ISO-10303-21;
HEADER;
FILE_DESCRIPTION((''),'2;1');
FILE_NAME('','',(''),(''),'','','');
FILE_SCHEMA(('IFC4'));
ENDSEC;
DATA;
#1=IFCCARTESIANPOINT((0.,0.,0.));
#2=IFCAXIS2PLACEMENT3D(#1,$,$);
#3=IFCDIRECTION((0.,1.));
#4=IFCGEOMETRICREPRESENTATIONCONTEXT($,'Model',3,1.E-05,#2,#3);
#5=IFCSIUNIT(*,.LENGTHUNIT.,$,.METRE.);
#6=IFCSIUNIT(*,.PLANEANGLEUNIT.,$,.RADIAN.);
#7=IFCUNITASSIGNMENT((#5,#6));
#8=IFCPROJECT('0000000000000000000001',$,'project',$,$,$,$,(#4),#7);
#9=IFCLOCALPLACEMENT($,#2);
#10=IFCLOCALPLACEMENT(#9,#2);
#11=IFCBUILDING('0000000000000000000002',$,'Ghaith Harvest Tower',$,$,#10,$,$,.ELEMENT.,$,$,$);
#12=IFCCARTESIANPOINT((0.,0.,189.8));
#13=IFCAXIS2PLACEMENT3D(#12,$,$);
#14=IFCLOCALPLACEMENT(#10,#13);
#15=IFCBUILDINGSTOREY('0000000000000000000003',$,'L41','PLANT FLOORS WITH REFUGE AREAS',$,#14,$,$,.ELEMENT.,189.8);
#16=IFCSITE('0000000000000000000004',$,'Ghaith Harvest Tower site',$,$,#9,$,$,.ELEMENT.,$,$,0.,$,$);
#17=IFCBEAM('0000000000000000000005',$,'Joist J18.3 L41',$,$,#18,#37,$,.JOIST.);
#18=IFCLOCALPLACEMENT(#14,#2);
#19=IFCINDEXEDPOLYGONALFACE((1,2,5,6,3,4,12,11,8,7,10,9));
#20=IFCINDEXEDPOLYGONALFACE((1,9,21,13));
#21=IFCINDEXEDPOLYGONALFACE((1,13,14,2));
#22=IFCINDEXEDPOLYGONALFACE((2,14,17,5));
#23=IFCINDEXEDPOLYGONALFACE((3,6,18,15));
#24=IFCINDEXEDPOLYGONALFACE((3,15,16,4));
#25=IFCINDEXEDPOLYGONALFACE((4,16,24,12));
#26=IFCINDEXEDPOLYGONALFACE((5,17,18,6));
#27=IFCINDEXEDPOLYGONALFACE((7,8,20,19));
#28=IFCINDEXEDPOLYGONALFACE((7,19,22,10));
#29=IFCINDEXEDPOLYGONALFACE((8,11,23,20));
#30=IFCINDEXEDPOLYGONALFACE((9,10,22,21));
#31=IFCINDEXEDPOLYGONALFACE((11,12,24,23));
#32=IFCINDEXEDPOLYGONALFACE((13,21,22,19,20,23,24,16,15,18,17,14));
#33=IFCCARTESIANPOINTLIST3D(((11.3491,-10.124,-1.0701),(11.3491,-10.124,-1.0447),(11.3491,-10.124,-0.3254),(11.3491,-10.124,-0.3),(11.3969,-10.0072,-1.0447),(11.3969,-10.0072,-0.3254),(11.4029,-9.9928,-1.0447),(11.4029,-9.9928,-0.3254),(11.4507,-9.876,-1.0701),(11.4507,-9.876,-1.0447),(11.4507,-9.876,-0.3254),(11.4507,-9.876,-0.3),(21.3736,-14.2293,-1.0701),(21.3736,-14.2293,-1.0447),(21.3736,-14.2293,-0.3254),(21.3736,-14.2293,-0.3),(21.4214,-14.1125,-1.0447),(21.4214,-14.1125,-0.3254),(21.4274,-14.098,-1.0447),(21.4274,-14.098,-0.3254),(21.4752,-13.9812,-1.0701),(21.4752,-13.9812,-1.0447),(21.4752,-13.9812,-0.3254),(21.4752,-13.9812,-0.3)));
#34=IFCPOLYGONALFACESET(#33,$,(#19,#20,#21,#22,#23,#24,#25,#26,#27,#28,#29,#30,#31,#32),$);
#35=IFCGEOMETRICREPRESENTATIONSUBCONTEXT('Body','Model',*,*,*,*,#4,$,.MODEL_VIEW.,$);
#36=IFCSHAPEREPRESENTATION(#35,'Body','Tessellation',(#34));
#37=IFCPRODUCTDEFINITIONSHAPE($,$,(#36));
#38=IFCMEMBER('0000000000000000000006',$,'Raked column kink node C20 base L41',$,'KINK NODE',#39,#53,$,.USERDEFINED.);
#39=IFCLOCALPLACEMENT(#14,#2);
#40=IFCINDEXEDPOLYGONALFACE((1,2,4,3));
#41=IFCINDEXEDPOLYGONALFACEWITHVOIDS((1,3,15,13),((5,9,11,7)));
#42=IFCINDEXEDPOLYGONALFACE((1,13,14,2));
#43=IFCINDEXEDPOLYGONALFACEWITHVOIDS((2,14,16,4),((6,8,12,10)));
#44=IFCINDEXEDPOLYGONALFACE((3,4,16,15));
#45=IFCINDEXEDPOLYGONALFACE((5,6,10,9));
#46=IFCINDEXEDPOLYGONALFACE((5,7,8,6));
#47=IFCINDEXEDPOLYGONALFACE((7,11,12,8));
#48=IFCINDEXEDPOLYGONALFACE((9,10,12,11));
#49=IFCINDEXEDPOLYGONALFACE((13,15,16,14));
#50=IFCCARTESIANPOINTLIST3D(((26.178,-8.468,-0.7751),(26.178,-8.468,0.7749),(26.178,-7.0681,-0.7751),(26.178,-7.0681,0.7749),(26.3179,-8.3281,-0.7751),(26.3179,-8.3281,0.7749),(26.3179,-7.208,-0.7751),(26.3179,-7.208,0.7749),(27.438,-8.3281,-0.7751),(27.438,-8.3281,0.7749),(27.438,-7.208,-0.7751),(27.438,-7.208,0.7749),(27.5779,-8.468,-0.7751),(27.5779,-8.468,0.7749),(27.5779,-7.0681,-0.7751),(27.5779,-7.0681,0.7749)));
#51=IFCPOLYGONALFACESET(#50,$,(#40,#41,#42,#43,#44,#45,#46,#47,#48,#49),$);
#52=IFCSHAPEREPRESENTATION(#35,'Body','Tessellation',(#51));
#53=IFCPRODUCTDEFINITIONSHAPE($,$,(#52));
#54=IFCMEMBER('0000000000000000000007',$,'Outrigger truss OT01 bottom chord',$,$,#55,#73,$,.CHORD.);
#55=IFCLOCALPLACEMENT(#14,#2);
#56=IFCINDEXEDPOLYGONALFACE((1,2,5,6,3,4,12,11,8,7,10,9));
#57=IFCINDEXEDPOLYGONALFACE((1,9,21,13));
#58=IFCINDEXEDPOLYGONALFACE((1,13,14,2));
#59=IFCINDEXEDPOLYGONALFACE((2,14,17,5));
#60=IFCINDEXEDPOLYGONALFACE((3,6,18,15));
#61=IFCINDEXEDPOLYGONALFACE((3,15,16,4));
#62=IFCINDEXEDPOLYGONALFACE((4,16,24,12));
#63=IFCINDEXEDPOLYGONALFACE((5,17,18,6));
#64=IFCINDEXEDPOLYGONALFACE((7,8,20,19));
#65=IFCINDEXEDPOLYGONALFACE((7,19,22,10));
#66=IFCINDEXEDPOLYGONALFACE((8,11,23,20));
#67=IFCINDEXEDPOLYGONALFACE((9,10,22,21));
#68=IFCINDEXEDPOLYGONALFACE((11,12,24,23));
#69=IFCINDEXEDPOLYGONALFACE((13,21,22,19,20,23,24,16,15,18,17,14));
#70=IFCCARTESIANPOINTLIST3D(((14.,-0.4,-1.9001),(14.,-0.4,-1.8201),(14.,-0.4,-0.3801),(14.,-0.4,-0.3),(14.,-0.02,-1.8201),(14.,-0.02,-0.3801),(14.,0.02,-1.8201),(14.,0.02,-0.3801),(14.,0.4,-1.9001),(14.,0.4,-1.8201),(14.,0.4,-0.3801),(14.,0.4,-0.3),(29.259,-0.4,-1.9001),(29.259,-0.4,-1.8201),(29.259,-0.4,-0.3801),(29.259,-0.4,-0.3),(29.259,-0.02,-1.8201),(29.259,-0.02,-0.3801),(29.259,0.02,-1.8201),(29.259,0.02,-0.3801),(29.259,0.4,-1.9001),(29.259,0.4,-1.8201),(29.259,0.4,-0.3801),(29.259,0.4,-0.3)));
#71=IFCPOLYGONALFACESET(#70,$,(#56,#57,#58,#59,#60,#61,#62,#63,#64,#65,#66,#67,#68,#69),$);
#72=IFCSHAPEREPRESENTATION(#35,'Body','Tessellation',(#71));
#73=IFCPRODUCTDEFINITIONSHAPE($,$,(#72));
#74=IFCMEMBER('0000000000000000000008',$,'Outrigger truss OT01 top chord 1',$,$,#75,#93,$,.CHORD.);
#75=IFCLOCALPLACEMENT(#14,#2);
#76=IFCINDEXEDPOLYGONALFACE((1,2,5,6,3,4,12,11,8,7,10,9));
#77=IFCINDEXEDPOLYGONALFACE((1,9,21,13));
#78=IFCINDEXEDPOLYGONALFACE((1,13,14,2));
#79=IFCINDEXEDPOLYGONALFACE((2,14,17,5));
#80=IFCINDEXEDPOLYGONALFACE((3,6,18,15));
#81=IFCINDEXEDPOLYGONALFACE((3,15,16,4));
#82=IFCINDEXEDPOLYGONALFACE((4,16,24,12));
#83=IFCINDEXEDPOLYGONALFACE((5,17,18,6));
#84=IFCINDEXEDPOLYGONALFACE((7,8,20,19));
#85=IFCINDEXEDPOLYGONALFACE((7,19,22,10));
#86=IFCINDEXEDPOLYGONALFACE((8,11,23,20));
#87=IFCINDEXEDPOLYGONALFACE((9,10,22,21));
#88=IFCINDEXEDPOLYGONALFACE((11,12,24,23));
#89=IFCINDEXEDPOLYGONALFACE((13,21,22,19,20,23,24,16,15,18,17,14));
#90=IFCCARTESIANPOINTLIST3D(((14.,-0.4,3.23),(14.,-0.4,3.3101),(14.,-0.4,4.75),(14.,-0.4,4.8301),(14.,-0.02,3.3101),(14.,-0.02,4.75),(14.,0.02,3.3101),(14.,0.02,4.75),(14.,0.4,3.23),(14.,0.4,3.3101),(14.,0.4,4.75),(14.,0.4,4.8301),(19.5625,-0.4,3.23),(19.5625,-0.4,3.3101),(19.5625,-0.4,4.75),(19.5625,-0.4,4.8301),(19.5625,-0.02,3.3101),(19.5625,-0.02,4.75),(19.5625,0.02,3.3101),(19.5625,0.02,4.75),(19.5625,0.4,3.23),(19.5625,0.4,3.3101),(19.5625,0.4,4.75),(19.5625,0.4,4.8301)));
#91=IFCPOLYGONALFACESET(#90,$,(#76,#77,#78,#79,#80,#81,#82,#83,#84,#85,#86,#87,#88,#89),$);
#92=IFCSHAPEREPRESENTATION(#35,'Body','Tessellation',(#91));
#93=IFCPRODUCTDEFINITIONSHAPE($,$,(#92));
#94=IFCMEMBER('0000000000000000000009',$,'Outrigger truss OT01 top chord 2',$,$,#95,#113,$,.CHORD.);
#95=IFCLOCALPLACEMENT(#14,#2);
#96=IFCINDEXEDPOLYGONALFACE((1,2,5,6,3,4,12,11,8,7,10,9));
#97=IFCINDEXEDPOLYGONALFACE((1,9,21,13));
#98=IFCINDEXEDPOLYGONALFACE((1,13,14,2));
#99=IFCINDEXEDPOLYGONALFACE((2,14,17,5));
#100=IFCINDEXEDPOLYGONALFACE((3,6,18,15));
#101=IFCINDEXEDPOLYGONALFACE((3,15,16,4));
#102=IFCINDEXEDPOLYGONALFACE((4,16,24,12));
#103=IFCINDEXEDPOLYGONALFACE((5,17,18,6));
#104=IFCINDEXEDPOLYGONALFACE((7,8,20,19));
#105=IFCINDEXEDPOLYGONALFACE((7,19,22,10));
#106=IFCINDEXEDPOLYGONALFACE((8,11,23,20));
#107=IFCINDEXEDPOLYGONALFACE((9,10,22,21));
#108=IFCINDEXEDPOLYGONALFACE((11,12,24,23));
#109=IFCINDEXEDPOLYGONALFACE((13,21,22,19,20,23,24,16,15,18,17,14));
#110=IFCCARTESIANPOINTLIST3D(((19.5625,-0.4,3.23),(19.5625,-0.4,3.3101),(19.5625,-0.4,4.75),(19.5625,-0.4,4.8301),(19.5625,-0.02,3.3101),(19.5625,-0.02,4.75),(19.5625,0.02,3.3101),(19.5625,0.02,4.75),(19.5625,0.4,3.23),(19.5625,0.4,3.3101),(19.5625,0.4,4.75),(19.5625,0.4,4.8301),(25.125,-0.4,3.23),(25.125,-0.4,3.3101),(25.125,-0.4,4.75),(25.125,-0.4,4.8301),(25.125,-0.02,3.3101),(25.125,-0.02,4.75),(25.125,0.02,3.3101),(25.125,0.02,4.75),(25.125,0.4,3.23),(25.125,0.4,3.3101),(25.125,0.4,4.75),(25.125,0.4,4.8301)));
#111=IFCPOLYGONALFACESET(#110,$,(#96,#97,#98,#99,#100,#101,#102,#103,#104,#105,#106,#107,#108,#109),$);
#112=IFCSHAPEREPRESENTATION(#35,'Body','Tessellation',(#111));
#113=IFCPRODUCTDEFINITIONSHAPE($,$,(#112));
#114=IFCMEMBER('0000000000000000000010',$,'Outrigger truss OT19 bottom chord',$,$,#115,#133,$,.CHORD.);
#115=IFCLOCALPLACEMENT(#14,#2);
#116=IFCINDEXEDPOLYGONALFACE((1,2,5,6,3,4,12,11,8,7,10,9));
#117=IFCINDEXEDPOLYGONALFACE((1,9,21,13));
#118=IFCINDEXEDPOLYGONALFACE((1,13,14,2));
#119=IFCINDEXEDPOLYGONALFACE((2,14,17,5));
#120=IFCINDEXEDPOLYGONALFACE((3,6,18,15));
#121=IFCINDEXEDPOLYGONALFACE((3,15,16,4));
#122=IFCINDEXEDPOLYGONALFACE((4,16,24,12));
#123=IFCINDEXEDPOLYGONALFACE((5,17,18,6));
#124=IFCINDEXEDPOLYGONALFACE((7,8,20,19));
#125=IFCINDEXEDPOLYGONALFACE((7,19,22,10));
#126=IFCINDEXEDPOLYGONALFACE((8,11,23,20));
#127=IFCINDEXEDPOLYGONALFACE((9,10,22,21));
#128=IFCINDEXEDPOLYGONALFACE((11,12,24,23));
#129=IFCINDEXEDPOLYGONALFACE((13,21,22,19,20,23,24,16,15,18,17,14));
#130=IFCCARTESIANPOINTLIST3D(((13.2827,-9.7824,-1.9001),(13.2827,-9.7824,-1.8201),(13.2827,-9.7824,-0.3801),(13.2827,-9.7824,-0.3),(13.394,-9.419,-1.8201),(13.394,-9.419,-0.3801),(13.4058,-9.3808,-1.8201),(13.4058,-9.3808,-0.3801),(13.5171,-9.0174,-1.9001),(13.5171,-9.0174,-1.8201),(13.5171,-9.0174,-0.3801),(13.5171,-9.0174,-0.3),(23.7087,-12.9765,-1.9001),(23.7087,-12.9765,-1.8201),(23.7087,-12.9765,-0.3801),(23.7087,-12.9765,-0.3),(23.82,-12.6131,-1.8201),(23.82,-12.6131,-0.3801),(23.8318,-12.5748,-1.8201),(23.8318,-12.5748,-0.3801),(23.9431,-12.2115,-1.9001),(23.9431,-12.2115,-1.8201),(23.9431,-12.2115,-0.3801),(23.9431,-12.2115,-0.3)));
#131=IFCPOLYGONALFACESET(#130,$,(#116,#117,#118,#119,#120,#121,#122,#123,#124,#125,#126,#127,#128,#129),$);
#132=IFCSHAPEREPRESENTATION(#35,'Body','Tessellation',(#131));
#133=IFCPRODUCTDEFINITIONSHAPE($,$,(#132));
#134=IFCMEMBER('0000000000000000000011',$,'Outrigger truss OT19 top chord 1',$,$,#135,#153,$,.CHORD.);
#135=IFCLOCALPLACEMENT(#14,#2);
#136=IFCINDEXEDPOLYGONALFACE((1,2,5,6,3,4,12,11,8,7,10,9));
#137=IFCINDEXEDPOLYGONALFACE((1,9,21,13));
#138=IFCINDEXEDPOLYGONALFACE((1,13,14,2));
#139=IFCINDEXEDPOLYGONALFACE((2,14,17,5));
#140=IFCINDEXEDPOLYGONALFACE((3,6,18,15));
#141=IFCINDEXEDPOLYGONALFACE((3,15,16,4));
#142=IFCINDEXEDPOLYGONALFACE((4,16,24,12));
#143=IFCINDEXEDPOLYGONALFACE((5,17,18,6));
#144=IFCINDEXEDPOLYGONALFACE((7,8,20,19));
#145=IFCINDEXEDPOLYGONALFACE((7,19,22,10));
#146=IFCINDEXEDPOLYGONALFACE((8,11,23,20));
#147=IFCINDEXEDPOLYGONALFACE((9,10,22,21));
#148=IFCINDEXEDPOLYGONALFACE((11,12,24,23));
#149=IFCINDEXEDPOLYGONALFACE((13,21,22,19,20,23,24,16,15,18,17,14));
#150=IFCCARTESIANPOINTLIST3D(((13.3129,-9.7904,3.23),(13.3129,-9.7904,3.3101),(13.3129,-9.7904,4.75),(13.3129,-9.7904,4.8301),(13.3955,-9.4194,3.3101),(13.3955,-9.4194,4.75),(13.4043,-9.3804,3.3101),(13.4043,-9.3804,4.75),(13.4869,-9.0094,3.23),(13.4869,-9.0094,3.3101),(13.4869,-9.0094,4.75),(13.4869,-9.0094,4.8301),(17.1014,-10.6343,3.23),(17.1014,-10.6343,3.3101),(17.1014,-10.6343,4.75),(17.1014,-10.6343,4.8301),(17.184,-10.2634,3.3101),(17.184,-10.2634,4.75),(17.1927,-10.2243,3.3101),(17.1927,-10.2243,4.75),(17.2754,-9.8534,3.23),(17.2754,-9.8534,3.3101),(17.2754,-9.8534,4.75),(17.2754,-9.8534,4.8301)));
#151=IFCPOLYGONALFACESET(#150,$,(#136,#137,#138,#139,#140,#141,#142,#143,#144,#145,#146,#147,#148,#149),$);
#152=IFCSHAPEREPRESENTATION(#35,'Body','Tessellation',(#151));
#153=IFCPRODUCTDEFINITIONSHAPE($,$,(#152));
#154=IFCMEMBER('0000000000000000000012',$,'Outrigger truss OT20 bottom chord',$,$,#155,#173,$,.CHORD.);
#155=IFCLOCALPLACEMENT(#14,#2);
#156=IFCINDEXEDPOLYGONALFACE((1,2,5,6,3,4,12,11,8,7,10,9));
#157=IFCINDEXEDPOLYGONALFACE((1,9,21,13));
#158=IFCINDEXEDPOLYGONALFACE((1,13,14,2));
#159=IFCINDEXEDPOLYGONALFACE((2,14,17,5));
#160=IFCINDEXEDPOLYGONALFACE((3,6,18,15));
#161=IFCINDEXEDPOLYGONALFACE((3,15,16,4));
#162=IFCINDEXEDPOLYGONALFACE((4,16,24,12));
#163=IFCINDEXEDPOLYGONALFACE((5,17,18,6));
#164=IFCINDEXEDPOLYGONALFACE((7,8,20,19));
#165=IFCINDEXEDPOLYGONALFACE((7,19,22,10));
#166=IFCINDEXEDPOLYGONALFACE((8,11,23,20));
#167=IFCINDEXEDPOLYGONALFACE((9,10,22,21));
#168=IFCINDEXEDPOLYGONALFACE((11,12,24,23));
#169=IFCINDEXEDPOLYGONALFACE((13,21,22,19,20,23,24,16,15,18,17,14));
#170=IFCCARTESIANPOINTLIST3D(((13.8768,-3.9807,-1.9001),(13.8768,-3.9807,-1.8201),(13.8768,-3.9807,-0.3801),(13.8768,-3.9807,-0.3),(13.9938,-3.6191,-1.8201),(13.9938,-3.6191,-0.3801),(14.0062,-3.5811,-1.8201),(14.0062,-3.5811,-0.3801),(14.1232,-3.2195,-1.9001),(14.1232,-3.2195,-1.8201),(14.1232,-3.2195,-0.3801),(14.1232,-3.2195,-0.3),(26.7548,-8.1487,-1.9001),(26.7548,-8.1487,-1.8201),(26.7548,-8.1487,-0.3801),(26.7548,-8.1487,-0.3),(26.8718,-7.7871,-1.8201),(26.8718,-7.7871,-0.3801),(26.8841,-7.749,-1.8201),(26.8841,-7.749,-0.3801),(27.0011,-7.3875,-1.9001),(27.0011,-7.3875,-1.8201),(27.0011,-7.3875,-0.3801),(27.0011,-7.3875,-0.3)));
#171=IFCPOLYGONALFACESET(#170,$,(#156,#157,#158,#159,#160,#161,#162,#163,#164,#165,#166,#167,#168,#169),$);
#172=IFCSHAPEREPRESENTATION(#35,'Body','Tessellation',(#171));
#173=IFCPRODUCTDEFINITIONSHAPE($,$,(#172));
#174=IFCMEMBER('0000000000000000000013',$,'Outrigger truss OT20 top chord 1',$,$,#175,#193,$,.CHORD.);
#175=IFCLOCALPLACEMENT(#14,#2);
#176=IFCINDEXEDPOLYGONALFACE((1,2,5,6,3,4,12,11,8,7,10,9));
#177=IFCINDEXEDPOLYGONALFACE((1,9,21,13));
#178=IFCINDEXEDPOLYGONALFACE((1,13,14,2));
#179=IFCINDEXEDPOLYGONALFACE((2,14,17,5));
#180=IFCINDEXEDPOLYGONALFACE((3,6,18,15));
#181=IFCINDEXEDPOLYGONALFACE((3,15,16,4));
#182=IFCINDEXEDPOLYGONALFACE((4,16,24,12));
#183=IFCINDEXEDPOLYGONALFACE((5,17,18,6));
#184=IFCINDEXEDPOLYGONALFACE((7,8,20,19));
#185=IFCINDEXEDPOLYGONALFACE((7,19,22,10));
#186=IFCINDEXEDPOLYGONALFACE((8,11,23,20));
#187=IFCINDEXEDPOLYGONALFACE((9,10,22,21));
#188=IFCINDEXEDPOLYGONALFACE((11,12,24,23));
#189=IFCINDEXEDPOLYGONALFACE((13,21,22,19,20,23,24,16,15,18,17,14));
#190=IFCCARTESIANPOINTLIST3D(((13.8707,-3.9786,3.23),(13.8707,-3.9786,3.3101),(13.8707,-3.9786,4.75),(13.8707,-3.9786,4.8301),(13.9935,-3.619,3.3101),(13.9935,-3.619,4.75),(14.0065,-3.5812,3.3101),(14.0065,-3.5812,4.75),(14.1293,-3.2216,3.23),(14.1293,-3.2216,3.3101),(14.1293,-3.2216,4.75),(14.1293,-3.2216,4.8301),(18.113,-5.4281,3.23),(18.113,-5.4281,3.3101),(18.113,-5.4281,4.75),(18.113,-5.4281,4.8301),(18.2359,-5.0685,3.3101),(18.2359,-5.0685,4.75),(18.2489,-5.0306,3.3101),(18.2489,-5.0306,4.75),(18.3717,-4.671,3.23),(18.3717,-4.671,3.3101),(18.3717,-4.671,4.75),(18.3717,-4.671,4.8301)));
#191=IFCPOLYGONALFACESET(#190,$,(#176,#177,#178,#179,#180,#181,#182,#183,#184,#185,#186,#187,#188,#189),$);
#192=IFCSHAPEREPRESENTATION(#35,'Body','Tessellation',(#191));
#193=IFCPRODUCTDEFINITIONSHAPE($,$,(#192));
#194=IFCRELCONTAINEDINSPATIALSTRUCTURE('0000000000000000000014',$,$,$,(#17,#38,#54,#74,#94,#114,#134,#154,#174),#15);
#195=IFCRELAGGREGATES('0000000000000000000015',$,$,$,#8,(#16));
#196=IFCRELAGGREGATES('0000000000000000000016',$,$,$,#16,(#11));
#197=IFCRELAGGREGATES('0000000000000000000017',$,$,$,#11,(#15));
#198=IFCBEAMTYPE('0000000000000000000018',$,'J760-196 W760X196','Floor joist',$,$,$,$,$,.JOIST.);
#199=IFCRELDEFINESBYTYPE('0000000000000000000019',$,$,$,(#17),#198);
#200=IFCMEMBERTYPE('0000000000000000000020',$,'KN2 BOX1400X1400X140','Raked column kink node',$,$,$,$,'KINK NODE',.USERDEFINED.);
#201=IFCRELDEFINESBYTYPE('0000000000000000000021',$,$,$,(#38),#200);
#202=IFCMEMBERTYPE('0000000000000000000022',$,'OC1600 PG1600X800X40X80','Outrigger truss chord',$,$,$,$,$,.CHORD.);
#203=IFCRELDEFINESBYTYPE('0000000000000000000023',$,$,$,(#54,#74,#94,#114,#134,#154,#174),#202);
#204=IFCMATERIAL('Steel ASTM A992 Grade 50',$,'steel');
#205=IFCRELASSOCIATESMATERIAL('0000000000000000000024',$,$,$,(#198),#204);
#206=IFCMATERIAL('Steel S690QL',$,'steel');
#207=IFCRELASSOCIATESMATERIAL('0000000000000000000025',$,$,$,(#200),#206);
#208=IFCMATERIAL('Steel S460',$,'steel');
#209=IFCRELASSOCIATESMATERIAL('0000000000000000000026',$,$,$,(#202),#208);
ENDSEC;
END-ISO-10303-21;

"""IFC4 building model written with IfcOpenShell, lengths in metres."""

from ifc_helpers import new_model, si_unit, direction, frame, origin, origin_2d, place, context, subcontext, project, spatial, hollow_rectangle, i_section, extrude, material, material_profile, profile_set, type_object, element, save


model = new_model("IFC4")

# Units and contexts
model_context = context("Model", 3, precision=1e-05, world=origin(), true_north=direction((0.0, 1.0)))
body_context = subcontext(model_context, "Body", "Model", "MODEL_VIEW")
ifc_project = project(units=[si_unit("LENGTHUNIT", "METRE"), si_unit("PLANEANGLEUNIT", "RADIAN")], contexts=[model_context])

# Site, building, storey
site_placement = place(None, origin())
site = spatial("IfcSite", under=ifc_project, at=site_placement, Name="Ghaith Harvest Tower site", CompositionType="ELEMENT", RefElevation=0.0)
building_placement = place(site_placement, origin())
building = spatial("IfcBuilding", under=site, at=building_placement, Name="Ghaith Harvest Tower", CompositionType="ELEMENT")
storey_placement = place(building_placement, frame((0.0, 0.0, 189.8)))
storey = spatial("IfcBuildingStorey", under=building, at=storey_placement, Name="L41", Description="PLANT FLOORS WITH REFUGE AREAS", CompositionType="ELEMENT", Elevation=189.8)

# Beam
ifc_material_1 = material(Name="Steel ASTM A992 Grade 50", Category="steel")
ifc_material_profile_1 = material_profile(ifc_material_1, i_section(OverallWidth=0.2681, OverallDepth=0.77, WebThickness=0.0156, FlangeThickness=0.0254, at=origin_2d()), Name="W760X196")
ifc_profile_set_1 = profile_set([ifc_material_profile_1], Name="Steel ASTM A992 Grade 50")
beam_type_1 = type_object("IfcBeamType", Name="J760-196 W760X196", Description="Floor joist", PredefinedType="JOIST", material=ifc_profile_set_1)
beam_1_placement = place(storey_placement, frame((11.3999, -10.0, -0.6851), z_axis=(0.925407, -0.378975, 0.0), x_axis=(0.378975, 0.925407, 0.0)))
element("IfcBeam", 1, at=beam_1_placement, inside=storey, type_object=beam_type_1, Name="Joist J18.3 L41", PredefinedType="JOIST", context=body_context, shape_type="SweptSolid", body=[
    extrude(i_section(OverallWidth=0.2681, OverallDepth=0.77, WebThickness=0.0156, FlangeThickness=0.0254, at=origin_2d()), origin(), (0.0, 0.0, 1.0), 10.8325),
])

# Members
ifc_material_2 = material(Name="Steel S690QL", Category="steel")
ifc_material_profile_2 = material_profile(ifc_material_2, hollow_rectangle(XDim=1.3999, YDim=1.3999, WallThickness=0.1399, at=origin_2d()), Name="BOX1400X1400X140")
ifc_profile_set_2 = profile_set([ifc_material_profile_2], Name="Steel S690QL")
member_type_1 = type_object("IfcMemberType", Name="KN2 BOX1400X1400X140", Description="Raked column kink node", ElementType="KINK NODE", PredefinedType="USERDEFINED", material=ifc_profile_set_2)
member_1_placement = place(storey_placement, frame((26.8779, -7.7681, -0.7751), z_axis=(0.0, 0.0, 1.0), x_axis=(1.0, 0.0, 0.0)))
element("IfcMember", 2, at=member_1_placement, inside=storey, type_object=member_type_1, Name="Raked column kink node C20 base L41", ObjectType="KINK NODE", PredefinedType="USERDEFINED", context=body_context, shape_type="SweptSolid", body=[
    extrude(hollow_rectangle(XDim=1.3999, YDim=1.3999, WallThickness=0.1399, at=origin_2d()), origin(), (0.0, 0.0, 1.0), 1.55),
])
ifc_material_3 = material(Name="Steel S460", Category="steel")
ifc_material_profile_3 = material_profile(ifc_material_3, i_section(OverallWidth=0.8, OverallDepth=1.6001, WebThickness=0.04, FlangeThickness=0.0801, at=origin_2d()), Name="PG1600X800X40X80")
ifc_profile_set_3 = profile_set([ifc_material_profile_3], Name="Steel S460")
member_type_2 = type_object("IfcMemberType", Name="OC1600 PG1600X800X40X80", Description="Outrigger truss chord", PredefinedType="CHORD", material=ifc_profile_set_3)
member_2_placement = place(storey_placement, frame((14.0, 0.0, -1.1001), z_axis=(1.0, 0.0, 0.0), x_axis=(0.0, 1.0, 0.0)))
element("IfcMember", 3, at=member_2_placement, inside=storey, type_object=member_type_2, Name="Outrigger truss OT01 bottom chord", PredefinedType="CHORD", context=body_context, shape_type="SweptSolid", body=[
    extrude(i_section(OverallWidth=0.8, OverallDepth=1.6001, WebThickness=0.04, FlangeThickness=0.0801, at=origin_2d()), origin(), (0.0, 0.0, 1.0), 15.259),
])
for number, where, z_axis, x_axis, name in (
    (4, (14.0, 0.0, 4.03), (1.0, 0.0, 0.0), (0.0, 1.0, 0.0), "Outrigger truss OT01 top chord 1"),
    (5, (19.5625, 0.0, 4.03), (1.0, 0.0, 0.0), (0.0, 1.0, 0.0), "Outrigger truss OT01 top chord 2"),
):
    element("IfcMember", number, at=place(storey_placement, frame(where, z_axis=z_axis, x_axis=x_axis)), inside=storey, type_object=member_type_2, Name=name, PredefinedType="CHORD", context=body_context, shape_type="SweptSolid", body=[
        extrude(i_section(OverallWidth=0.8, OverallDepth=1.6001, WebThickness=0.04, FlangeThickness=0.0801, at=origin_2d()), origin(), (0.0, 0.0, 1.0), 5.5625),
    ])
member_3_placement = place(storey_placement, frame((13.3999, -9.3999, -1.1001), z_axis=(0.956137, -0.29292, 0.0), x_axis=(0.29292, 0.956137, 0.0)))
element("IfcMember", 6, at=member_3_placement, inside=storey, type_object=member_type_2, Name="Outrigger truss OT19 bottom chord", PredefinedType="CHORD", context=body_context, shape_type="SweptSolid", body=[
    extrude(i_section(OverallWidth=0.8, OverallDepth=1.6001, WebThickness=0.04, FlangeThickness=0.0801, at=origin_2d()), origin(), (0.0, 0.0, 1.0), 10.9043),
])
member_4_placement = place(storey_placement, frame((13.3999, -9.3999, 4.03), z_axis=(0.976073, -0.217443, 0.0), x_axis=(0.217443, 0.976073, 0.0)))
element("IfcMember", 7, at=member_4_placement, inside=storey, type_object=member_type_2, Name="Outrigger truss OT19 top chord 1", PredefinedType="CHORD", context=body_context, shape_type="SweptSolid", body=[
    extrude(i_section(OverallWidth=0.8, OverallDepth=1.6001, WebThickness=0.04, FlangeThickness=0.0801, at=origin_2d()), origin(), (0.0, 0.0, 1.0), 3.8813),
])
member_5_placement = place(storey_placement, frame((14.0, -3.6001, -1.1001), z_axis=(0.95141, -0.307926, 0.0), x_axis=(0.307926, 0.95141, 0.0)))
element("IfcMember", 8, at=member_5_placement, inside=storey, type_object=member_type_2, Name="Outrigger truss OT20 bottom chord", PredefinedType="CHORD", context=body_context, shape_type="SweptSolid", body=[
    extrude(i_section(OverallWidth=0.8, OverallDepth=1.6001, WebThickness=0.04, FlangeThickness=0.0801, at=origin_2d()), origin(), (0.0, 0.0, 1.0), 13.5356),
])
member_6_placement = place(storey_placement, frame((14.0, -3.6001, 4.03), z_axis=(0.946293, -0.323309, 0.0), x_axis=(0.323309, 0.946293, 0.0)))
element("IfcMember", 9, at=member_6_placement, inside=storey, type_object=member_type_2, Name="Outrigger truss OT20 top chord 1", PredefinedType="CHORD", context=body_context, shape_type="SweptSolid", body=[
    extrude(i_section(OverallWidth=0.8, OverallDepth=1.6001, WebThickness=0.04, FlangeThickness=0.0801, at=origin_2d()), origin(), (0.0, 0.0, 1.0), 4.4832),
])

save(model, "model.ifc")
